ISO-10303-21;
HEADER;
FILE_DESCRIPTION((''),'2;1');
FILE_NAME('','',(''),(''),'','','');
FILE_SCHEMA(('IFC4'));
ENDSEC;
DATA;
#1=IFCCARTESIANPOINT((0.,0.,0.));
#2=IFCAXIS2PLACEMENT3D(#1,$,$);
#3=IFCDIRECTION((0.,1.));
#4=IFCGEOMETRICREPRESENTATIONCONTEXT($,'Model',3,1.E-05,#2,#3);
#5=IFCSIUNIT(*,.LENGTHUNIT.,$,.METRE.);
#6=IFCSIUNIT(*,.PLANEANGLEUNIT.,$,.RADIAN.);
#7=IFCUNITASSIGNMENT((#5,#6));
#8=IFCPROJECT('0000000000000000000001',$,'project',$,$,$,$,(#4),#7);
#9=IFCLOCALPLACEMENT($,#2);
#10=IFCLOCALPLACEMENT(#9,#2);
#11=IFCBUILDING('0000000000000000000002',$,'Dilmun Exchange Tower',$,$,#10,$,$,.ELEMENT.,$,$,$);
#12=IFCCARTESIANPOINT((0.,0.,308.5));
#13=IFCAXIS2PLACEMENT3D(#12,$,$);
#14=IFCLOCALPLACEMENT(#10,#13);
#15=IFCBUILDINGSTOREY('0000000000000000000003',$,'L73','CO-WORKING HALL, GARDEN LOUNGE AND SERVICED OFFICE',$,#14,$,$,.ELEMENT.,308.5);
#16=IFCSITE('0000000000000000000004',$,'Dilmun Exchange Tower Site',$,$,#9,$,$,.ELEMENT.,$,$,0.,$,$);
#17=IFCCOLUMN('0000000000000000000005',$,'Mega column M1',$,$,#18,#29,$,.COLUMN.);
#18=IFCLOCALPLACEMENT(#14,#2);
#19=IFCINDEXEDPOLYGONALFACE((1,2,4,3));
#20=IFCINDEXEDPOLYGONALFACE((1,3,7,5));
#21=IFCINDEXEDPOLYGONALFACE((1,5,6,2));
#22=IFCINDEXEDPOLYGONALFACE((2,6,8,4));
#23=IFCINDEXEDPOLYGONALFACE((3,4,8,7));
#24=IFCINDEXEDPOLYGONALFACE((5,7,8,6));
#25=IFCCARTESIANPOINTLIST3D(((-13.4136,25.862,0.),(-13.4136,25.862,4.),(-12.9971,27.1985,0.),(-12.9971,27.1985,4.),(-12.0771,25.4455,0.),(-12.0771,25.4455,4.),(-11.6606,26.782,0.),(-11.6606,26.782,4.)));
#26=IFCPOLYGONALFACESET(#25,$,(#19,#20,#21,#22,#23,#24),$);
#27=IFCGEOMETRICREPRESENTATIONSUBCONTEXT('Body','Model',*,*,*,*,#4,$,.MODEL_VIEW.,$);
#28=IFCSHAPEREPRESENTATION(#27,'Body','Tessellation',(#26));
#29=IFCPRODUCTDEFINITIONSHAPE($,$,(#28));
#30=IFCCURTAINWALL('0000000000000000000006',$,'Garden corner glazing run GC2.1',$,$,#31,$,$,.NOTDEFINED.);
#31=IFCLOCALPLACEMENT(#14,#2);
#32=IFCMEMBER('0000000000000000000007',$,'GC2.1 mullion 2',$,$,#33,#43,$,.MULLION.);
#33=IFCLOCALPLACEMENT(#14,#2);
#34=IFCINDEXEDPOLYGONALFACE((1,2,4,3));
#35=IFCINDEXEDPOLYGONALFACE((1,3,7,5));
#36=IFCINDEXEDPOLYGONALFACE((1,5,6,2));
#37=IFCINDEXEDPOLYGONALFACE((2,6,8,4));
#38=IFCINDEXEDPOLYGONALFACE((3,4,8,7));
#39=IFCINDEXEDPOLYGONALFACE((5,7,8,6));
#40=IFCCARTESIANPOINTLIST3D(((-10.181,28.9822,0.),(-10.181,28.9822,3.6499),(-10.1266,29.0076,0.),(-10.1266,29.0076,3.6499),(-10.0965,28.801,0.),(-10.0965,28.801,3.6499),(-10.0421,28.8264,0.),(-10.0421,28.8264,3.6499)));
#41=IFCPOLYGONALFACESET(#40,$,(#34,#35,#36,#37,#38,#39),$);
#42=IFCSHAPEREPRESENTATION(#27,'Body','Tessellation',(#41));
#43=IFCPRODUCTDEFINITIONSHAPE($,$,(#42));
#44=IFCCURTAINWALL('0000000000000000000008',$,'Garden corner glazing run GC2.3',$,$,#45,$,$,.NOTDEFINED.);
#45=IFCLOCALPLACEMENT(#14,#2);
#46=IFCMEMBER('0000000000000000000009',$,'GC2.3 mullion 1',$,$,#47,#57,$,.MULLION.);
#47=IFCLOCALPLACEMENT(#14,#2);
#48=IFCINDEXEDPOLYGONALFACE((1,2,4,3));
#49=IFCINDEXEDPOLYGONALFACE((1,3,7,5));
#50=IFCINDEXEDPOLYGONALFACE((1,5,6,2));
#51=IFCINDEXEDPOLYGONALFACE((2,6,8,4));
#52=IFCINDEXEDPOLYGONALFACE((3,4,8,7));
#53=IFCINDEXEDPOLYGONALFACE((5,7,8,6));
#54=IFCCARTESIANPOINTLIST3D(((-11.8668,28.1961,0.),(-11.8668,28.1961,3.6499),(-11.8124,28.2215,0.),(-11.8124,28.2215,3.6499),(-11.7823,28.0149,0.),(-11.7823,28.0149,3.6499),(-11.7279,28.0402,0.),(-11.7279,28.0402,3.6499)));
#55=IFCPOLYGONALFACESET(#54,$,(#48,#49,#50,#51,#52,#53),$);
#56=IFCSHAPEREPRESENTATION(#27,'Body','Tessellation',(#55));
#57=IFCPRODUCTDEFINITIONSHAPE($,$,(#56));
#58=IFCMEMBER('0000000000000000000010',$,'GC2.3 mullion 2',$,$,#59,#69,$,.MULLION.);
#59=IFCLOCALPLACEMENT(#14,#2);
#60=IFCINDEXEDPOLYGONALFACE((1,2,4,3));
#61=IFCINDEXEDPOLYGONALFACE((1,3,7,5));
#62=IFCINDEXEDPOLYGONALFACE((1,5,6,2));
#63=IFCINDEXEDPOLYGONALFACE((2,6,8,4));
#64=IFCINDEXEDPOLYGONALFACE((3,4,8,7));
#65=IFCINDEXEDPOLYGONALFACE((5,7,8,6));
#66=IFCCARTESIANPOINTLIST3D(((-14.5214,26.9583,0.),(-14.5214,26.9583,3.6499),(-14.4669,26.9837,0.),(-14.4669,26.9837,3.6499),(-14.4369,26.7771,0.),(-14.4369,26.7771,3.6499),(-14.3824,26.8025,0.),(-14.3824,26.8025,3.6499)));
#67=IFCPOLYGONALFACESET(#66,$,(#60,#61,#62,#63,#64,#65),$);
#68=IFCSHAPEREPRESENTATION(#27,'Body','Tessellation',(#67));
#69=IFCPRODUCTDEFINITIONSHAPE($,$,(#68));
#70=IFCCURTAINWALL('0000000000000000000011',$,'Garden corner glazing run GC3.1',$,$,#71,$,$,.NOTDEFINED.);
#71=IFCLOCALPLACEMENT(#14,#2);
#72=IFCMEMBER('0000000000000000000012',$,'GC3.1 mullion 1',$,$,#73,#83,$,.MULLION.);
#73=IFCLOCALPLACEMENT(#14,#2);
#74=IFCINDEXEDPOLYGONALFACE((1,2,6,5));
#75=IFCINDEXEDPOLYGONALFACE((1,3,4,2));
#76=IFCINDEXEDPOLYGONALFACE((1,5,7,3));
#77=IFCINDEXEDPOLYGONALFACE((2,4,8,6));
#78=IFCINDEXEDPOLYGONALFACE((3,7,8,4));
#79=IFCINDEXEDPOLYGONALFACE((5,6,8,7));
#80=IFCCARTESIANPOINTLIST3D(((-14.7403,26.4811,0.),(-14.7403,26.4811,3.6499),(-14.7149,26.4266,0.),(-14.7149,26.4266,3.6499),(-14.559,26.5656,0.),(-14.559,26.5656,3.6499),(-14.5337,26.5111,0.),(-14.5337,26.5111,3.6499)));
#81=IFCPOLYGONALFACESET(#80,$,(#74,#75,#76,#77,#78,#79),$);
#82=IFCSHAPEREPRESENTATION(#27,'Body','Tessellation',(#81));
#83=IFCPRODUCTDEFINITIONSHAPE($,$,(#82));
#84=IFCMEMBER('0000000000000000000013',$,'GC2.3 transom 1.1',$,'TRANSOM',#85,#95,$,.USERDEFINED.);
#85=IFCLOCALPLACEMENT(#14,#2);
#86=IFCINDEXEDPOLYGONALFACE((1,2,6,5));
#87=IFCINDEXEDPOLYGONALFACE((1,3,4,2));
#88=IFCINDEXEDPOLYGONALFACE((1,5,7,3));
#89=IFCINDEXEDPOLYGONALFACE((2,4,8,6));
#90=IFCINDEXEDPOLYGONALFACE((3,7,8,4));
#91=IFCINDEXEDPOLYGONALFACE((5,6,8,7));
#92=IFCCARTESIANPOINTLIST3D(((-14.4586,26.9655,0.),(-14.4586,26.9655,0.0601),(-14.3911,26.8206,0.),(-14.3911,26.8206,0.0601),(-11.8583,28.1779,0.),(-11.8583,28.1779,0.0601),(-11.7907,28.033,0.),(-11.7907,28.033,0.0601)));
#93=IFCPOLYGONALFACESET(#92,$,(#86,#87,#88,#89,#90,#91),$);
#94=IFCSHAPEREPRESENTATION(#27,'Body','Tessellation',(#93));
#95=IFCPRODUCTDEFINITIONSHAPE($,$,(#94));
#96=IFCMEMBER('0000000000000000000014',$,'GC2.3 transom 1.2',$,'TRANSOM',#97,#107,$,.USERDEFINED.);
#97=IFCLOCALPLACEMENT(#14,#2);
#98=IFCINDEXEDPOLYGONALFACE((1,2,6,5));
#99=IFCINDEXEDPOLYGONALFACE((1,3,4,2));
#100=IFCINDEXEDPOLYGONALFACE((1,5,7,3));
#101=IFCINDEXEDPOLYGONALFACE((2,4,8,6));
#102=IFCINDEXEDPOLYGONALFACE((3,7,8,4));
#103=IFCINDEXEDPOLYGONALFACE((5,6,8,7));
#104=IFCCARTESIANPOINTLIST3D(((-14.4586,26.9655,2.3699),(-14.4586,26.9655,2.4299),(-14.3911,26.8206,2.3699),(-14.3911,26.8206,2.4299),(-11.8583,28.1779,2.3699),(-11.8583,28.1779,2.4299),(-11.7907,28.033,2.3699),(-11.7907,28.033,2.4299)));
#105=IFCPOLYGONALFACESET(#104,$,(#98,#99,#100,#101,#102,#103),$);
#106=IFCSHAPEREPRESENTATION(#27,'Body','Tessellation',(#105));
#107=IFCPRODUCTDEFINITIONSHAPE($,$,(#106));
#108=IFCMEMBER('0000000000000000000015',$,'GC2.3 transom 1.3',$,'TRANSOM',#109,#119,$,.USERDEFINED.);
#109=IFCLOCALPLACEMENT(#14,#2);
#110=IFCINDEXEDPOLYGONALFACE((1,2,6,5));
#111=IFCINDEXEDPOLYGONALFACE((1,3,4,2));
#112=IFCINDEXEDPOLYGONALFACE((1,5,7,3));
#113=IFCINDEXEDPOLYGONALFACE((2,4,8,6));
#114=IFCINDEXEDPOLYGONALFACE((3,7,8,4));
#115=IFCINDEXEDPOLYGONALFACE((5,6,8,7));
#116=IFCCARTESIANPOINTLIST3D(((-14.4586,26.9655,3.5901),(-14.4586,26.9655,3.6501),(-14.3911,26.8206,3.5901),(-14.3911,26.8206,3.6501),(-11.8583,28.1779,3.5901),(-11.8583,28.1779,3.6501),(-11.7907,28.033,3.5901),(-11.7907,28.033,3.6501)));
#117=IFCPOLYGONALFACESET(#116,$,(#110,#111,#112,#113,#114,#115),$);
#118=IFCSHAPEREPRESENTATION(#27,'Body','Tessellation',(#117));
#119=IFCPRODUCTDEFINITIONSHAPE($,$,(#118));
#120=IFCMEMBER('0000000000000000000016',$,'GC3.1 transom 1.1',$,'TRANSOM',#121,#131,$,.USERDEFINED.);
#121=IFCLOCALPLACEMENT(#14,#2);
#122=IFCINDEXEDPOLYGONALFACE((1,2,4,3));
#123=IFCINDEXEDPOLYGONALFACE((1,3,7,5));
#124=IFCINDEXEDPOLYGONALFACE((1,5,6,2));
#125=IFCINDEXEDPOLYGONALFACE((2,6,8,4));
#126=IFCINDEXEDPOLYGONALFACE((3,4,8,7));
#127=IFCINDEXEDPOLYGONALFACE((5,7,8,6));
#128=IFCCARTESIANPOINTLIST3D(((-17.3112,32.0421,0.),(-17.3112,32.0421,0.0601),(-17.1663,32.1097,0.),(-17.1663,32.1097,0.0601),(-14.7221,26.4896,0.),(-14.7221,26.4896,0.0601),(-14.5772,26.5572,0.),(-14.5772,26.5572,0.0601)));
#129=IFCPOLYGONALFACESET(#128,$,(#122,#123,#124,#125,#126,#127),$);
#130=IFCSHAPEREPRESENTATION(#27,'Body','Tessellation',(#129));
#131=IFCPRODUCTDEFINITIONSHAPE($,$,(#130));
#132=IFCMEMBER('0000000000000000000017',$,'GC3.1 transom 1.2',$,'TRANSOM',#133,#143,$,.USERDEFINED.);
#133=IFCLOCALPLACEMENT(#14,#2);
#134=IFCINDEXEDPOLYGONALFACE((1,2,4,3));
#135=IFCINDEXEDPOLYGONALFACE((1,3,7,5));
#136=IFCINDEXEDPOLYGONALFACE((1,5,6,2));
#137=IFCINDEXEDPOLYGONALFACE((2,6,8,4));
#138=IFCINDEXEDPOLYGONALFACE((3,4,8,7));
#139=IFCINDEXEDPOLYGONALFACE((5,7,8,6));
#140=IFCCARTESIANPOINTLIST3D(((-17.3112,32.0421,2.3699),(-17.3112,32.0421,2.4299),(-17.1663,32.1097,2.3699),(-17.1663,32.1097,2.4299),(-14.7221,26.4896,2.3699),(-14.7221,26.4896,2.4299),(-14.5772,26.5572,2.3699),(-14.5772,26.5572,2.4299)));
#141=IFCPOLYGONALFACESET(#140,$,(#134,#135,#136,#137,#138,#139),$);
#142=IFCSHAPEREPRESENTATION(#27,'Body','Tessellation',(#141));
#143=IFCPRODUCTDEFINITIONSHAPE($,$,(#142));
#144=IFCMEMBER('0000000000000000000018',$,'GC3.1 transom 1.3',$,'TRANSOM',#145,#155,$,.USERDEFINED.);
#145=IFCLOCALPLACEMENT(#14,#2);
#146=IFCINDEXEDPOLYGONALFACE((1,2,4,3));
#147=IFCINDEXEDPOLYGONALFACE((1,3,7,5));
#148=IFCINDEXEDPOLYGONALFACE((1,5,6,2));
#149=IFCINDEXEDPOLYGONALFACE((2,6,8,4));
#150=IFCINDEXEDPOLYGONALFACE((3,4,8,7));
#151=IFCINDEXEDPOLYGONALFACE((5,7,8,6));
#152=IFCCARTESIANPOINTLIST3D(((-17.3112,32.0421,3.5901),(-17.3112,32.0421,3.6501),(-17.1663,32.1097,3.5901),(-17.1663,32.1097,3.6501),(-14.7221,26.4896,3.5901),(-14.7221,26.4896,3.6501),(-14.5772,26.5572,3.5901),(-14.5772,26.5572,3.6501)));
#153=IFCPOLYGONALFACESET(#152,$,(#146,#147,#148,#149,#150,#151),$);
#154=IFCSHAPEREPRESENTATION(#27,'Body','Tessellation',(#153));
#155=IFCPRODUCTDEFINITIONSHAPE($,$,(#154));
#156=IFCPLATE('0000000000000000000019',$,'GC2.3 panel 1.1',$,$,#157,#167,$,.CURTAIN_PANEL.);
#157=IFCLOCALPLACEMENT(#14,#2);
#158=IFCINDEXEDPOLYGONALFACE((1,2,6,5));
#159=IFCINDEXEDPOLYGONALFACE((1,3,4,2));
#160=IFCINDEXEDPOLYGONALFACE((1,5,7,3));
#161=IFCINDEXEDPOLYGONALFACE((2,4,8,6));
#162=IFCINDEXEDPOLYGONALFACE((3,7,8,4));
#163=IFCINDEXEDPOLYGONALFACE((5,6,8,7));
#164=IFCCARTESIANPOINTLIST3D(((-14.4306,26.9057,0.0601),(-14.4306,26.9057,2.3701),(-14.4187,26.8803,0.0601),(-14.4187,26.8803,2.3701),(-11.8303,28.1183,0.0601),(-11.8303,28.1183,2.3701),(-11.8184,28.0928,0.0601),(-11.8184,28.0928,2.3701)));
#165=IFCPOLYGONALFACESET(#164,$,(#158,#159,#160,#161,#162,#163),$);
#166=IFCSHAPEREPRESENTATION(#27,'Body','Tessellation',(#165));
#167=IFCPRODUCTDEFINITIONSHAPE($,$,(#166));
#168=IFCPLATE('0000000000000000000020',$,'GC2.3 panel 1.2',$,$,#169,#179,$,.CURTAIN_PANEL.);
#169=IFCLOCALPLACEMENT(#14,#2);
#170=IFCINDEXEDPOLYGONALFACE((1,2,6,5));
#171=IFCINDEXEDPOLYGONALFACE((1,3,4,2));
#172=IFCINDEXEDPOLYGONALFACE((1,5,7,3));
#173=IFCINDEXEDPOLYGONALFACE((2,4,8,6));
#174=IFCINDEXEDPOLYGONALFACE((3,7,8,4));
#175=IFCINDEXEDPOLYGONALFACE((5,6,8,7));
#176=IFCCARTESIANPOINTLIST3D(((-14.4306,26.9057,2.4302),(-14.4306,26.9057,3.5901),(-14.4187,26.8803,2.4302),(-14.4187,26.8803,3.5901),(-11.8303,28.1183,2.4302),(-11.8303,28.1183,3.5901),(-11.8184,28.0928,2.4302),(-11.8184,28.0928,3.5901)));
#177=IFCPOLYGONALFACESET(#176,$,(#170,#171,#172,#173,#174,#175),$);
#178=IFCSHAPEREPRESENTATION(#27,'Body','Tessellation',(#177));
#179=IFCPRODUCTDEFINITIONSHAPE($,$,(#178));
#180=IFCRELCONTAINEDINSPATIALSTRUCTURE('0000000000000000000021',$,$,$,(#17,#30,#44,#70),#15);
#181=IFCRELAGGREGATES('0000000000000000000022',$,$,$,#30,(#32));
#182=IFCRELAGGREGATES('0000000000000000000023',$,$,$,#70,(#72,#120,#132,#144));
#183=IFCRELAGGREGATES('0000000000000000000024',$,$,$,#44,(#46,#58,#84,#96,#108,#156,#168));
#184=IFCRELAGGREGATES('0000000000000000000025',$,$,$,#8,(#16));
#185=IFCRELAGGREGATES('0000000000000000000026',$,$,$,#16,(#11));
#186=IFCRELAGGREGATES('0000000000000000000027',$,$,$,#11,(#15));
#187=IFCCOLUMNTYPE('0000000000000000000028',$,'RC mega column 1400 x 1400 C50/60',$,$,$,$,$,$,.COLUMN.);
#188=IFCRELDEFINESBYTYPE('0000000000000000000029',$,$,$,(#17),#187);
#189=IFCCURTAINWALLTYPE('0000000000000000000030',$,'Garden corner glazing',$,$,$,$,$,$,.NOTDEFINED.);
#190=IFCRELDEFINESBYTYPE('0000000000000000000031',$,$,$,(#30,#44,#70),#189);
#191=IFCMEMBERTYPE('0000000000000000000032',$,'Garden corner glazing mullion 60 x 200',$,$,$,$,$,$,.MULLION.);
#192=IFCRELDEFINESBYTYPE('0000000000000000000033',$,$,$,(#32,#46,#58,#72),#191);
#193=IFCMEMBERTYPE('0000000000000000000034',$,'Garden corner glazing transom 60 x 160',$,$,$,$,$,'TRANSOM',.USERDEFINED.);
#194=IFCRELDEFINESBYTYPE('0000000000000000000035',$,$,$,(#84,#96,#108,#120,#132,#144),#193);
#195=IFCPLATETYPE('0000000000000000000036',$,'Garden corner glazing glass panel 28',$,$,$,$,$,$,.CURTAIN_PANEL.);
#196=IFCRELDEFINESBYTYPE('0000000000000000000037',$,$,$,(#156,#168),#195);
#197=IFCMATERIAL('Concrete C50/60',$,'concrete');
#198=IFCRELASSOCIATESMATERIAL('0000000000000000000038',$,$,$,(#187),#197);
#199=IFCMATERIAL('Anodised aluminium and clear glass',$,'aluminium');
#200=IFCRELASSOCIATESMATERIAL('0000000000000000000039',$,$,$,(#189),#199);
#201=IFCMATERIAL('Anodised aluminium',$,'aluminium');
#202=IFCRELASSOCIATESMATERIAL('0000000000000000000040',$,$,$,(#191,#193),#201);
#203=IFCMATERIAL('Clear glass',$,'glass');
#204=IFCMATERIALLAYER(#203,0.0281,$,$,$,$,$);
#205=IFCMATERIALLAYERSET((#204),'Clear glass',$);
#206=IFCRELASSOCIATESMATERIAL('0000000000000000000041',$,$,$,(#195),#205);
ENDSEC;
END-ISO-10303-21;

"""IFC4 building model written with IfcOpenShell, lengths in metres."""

from ifc_helpers import new_model, si_unit, direction, frame, origin, origin_2d, place, context, subcontext, project, spatial, rectangle, extrude, material, layer, layer_set, material_profile, profile_set, type_object, element, aggregate, save


model = new_model("IFC4")

# Units and contexts
model_context = context("Model", 3, precision=1e-05, world=origin(), true_north=direction((0.0, 1.0)))
body_context = subcontext(model_context, "Body", "Model", "MODEL_VIEW")
ifc_project = project(units=[si_unit("LENGTHUNIT", "METRE"), si_unit("PLANEANGLEUNIT", "RADIAN")], contexts=[model_context])

# Site, building, storey
site_placement = place(None, origin())
site = spatial("IfcSite", under=ifc_project, at=site_placement, Name="Dilmun Exchange Tower Site", CompositionType="ELEMENT", RefElevation=0.0)
building_placement = place(site_placement, origin())
building = spatial("IfcBuilding", under=site, at=building_placement, Name="Dilmun Exchange Tower", CompositionType="ELEMENT")
storey_placement = place(building_placement, frame((0.0, 0.0, 308.5)))
storey = spatial("IfcBuildingStorey", under=building, at=storey_placement, Name="L73", Description="CO-WORKING HALL, GARDEN LOUNGE AND SERVICED OFFICE", CompositionType="ELEMENT", Elevation=308.5)

# Column
ifc_material_1 = material(Name="Concrete C50/60", Category="concrete")
ifc_material_profile_1 = material_profile(ifc_material_1, rectangle(XDim=1.3999, YDim=1.3999, at=origin_2d()), Name="1400 x 1400")
ifc_profile_set_1 = profile_set([ifc_material_profile_1], Name="Concrete C50/60")
column_type = type_object("IfcColumnType", Name="RC mega column 1400 x 1400 C50/60", PredefinedType="COLUMN", material=ifc_profile_set_1)
column_placement = place(storey_placement, frame((-12.5371, 26.322, 0.0), z_axis=(0.0, 0.0, 1.0), x_axis=(0.297503, 0.954721, 0.0)))
element("IfcColumn", 1, at=column_placement, inside=storey, type_object=column_type, Name="Mega column M1", PredefinedType="COLUMN", context=body_context, shape_type="SweptSolid", body=[
    extrude(rectangle(XDim=1.3999, YDim=1.3999, at=origin_2d()), origin(), (0.0, 0.0, 1.0), 4.0),
])

# Curtain wall, member
ifc_material_2 = material(Name="Anodised aluminium and clear glass", Category="aluminium")
curtain_wall_type = type_object("IfcCurtainWallType", Name="Garden corner glazing", PredefinedType="NOTDEFINED", material=ifc_material_2)
curtain_wall_1_placement = place(storey_placement, origin())
curtain_wall_1 = element("IfcCurtainWall", 2, at=curtain_wall_1_placement, inside=storey, type_object=curtain_wall_type, Name="Garden corner glazing run GC2.1", PredefinedType="NOTDEFINED")
ifc_material_3 = material(Name="Anodised aluminium", Category="aluminium")
ifc_material_profile_2 = material_profile(ifc_material_3, rectangle(XDim=0.2, YDim=0.0601, at=origin_2d()), Name="AL 60x200")
ifc_profile_set_2 = profile_set([ifc_material_profile_2], Name="Anodised aluminium")
member_type_1 = type_object("IfcMemberType", Name="Garden corner glazing mullion 60 x 200", PredefinedType="MULLION", material=ifc_profile_set_2)
member_1_placement = place(storey_placement, frame((-10.1116, 28.9043, 0.0), z_axis=(0.0, 0.0, 1.0), x_axis=(0.422611, -0.906311, 0.0)))
member_1 = element("IfcMember", 3, at=member_1_placement, type_object=member_type_1, Name="GC2.1 mullion 2", PredefinedType="MULLION", context=body_context, shape_type="SweptSolid", body=[
    extrude(rectangle(XDim=0.2, YDim=0.0601, at=origin_2d()), origin(), (0.0, 0.0, 1.0), 3.6499),
])
aggregate(curtain_wall_1, [member_1])

# Curtain wall, members
curtain_wall_2_placement = place(storey_placement, origin())
curtain_wall_2 = element("IfcCurtainWall", 4, at=curtain_wall_2_placement, inside=storey, type_object=curtain_wall_type, Name="Garden corner glazing run GC2.3", PredefinedType="NOTDEFINED")
member_2_placement = place(storey_placement, frame((-11.7974, 28.1182, 0.0), z_axis=(0.0, 0.0, 1.0), x_axis=(0.422611, -0.906311, 0.0)))
member_2 = element("IfcMember", 5, at=member_2_placement, type_object=member_type_1, Name="GC2.3 mullion 1", PredefinedType="MULLION", context=body_context, shape_type="SweptSolid", body=[
    extrude(rectangle(XDim=0.2, YDim=0.0601, at=origin_2d()), origin(), (0.0, 0.0, 1.0), 3.6499),
])
member_3_placement = place(storey_placement, frame((-14.4519, 26.8804, 0.0), z_axis=(0.0, 0.0, 1.0), x_axis=(0.422611, -0.906311, 0.0)))
member_3 = element("IfcMember", 6, at=member_3_placement, type_object=member_type_1, Name="GC2.3 mullion 2", PredefinedType="MULLION", context=body_context, shape_type="SweptSolid", body=[
    extrude(rectangle(XDim=0.2, YDim=0.0601, at=origin_2d()), origin(), (0.0, 0.0, 1.0), 3.6499),
])

# Curtain wall, member
curtain_wall_3_placement = place(storey_placement, origin())
curtain_wall_3 = element("IfcCurtainWall", 7, at=curtain_wall_3_placement, inside=storey, type_object=curtain_wall_type, Name="Garden corner glazing run GC3.1", PredefinedType="NOTDEFINED")
member_4_placement = place(storey_placement, frame((-14.637, 26.4961, 0.0), z_axis=(0.0, 0.0, 1.0), x_axis=(-0.906305, -0.422623, 0.0)))
member_4 = element("IfcMember", 8, at=member_4_placement, type_object=member_type_1, Name="GC3.1 mullion 1", PredefinedType="MULLION", context=body_context, shape_type="SweptSolid", body=[
    extrude(rectangle(XDim=0.2, YDim=0.0601, at=origin_2d()), origin(), (0.0, 0.0, 1.0), 3.6499),
])

# Members
ifc_material_profile_3 = material_profile(ifc_material_3, rectangle(XDim=0.1599, YDim=0.0601, at=origin_2d()), Name="AL 60x160")
ifc_profile_set_3 = profile_set([ifc_material_profile_3], Name="Anodised aluminium")
member_type_2 = type_object("IfcMemberType", Name="Garden corner glazing transom 60 x 160", ElementType="TRANSOM", PredefinedType="USERDEFINED", material=ifc_profile_set_3)
member_5_placement = place(storey_placement, frame((-11.8245, 28.1055, 0.03), z_axis=(-0.906329, -0.422573, 0.0), x_axis=(0.422573, -0.906329, 0.0)))
member_5 = element("IfcMember", 9, at=member_5_placement, type_object=member_type_2, Name="GC2.3 transom 1.1", ObjectType="TRANSOM", PredefinedType="USERDEFINED", context=body_context, shape_type="SweptSolid", body=[
    extrude(rectangle(XDim=0.1599, YDim=0.0601, at=origin_2d()), origin(), (0.0, 0.0, 1.0), 2.8691),
])
member_6_placement = place(storey_placement, frame((-11.8245, 28.1055, 2.3999), z_axis=(-0.906329, -0.422573, 0.0), x_axis=(0.422573, -0.906329, 0.0)))
member_6 = element("IfcMember", 10, at=member_6_placement, type_object=member_type_2, Name="GC2.3 transom 1.2", ObjectType="TRANSOM", PredefinedType="USERDEFINED", context=body_context, shape_type="SweptSolid", body=[
    extrude(rectangle(XDim=0.1599, YDim=0.0601, at=origin_2d()), origin(), (0.0, 0.0, 1.0), 2.8691),
])
member_7_placement = place(storey_placement, frame((-11.8245, 28.1055, 3.6201), z_axis=(-0.906329, -0.422573, 0.0), x_axis=(0.422573, -0.906329, 0.0)))
member_7 = element("IfcMember", 11, at=member_7_placement, type_object=member_type_2, Name="GC2.3 transom 1.3", ObjectType="TRANSOM", PredefinedType="USERDEFINED", context=body_context, shape_type="SweptSolid", body=[
    extrude(rectangle(XDim=0.1599, YDim=0.0601, at=origin_2d()), origin(), (0.0, 0.0, 1.0), 2.8691),
])
member_8_placement = place(storey_placement, frame((-14.6497, 26.5234, 0.03), z_axis=(-0.422611, 0.906311, 0.0), x_axis=(-0.906311, -0.422611, 0.0)))
member_8 = element("IfcMember", 12, at=member_8_placement, type_object=member_type_2, Name="GC3.1 transom 1.1", ObjectType="TRANSOM", PredefinedType="USERDEFINED", context=body_context, shape_type="SweptSolid", body=[
    extrude(rectangle(XDim=0.1599, YDim=0.0601, at=origin_2d()), origin(), (0.0, 0.0, 1.0), 6.1265),
])
member_9_placement = place(storey_placement, frame((-14.6497, 26.5234, 2.3999), z_axis=(-0.422611, 0.906311, 0.0), x_axis=(-0.906311, -0.422611, 0.0)))
member_9 = element("IfcMember", 13, at=member_9_placement, type_object=member_type_2, Name="GC3.1 transom 1.2", ObjectType="TRANSOM", PredefinedType="USERDEFINED", context=body_context, shape_type="SweptSolid", body=[
    extrude(rectangle(XDim=0.1599, YDim=0.0601, at=origin_2d()), origin(), (0.0, 0.0, 1.0), 6.1265),
])
member_10_placement = place(storey_placement, frame((-14.6497, 26.5234, 3.6201), z_axis=(-0.422611, 0.906311, 0.0), x_axis=(-0.906311, -0.422611, 0.0)))
member_10 = element("IfcMember", 14, at=member_10_placement, type_object=member_type_2, Name="GC3.1 transom 1.3", ObjectType="TRANSOM", PredefinedType="USERDEFINED", context=body_context, shape_type="SweptSolid", body=[
    extrude(rectangle(XDim=0.1599, YDim=0.0601, at=origin_2d()), origin(), (0.0, 0.0, 1.0), 6.1265),
])
aggregate(curtain_wall_3, [member_4, member_8, member_9, member_10])

# Plates
ifc_material_4 = material(Name="Clear glass", Category="glass")
ifc_layer_1 = layer(ifc_material_4, 0.0281)
ifc_layer_set_1 = layer_set([ifc_layer_1], Name="Clear glass")
plate_type = type_object("IfcPlateType", Name="Garden corner glazing glass panel 28", PredefinedType="CURTAIN_PANEL", material=ifc_layer_set_1)
plate_1_placement = place(storey_placement, frame((-13.1245, 27.4993, 0.0601), z_axis=(0.0, 0.0, 1.0), x_axis=(-0.906311, -0.422611, 0.0)))
plate_1 = element("IfcPlate", 15, at=plate_1_placement, type_object=plate_type, Name="GC2.3 panel 1.1", PredefinedType="CURTAIN_PANEL", context=body_context, shape_type="SweptSolid", body=[
    extrude(rectangle(XDim=2.8691, YDim=0.0281, at=origin_2d()), origin(), (0.0, 0.0, 1.0), 2.3101),
])
plate_2_placement = place(storey_placement, frame((-13.1245, 27.4993, 2.4302), z_axis=(0.0, 0.0, 1.0), x_axis=(-0.906311, -0.422611, 0.0)))
plate_2 = element("IfcPlate", 16, at=plate_2_placement, type_object=plate_type, Name="GC2.3 panel 1.2", PredefinedType="CURTAIN_PANEL", context=body_context, shape_type="SweptSolid", body=[
    extrude(rectangle(XDim=2.8691, YDim=0.0281, at=origin_2d()), origin(), (0.0, 0.0, 1.0), 1.1599),
])
aggregate(curtain_wall_2, [member_2, member_3, member_5, member_6, member_7, plate_1, plate_2])

save(model, "model.ifc")
